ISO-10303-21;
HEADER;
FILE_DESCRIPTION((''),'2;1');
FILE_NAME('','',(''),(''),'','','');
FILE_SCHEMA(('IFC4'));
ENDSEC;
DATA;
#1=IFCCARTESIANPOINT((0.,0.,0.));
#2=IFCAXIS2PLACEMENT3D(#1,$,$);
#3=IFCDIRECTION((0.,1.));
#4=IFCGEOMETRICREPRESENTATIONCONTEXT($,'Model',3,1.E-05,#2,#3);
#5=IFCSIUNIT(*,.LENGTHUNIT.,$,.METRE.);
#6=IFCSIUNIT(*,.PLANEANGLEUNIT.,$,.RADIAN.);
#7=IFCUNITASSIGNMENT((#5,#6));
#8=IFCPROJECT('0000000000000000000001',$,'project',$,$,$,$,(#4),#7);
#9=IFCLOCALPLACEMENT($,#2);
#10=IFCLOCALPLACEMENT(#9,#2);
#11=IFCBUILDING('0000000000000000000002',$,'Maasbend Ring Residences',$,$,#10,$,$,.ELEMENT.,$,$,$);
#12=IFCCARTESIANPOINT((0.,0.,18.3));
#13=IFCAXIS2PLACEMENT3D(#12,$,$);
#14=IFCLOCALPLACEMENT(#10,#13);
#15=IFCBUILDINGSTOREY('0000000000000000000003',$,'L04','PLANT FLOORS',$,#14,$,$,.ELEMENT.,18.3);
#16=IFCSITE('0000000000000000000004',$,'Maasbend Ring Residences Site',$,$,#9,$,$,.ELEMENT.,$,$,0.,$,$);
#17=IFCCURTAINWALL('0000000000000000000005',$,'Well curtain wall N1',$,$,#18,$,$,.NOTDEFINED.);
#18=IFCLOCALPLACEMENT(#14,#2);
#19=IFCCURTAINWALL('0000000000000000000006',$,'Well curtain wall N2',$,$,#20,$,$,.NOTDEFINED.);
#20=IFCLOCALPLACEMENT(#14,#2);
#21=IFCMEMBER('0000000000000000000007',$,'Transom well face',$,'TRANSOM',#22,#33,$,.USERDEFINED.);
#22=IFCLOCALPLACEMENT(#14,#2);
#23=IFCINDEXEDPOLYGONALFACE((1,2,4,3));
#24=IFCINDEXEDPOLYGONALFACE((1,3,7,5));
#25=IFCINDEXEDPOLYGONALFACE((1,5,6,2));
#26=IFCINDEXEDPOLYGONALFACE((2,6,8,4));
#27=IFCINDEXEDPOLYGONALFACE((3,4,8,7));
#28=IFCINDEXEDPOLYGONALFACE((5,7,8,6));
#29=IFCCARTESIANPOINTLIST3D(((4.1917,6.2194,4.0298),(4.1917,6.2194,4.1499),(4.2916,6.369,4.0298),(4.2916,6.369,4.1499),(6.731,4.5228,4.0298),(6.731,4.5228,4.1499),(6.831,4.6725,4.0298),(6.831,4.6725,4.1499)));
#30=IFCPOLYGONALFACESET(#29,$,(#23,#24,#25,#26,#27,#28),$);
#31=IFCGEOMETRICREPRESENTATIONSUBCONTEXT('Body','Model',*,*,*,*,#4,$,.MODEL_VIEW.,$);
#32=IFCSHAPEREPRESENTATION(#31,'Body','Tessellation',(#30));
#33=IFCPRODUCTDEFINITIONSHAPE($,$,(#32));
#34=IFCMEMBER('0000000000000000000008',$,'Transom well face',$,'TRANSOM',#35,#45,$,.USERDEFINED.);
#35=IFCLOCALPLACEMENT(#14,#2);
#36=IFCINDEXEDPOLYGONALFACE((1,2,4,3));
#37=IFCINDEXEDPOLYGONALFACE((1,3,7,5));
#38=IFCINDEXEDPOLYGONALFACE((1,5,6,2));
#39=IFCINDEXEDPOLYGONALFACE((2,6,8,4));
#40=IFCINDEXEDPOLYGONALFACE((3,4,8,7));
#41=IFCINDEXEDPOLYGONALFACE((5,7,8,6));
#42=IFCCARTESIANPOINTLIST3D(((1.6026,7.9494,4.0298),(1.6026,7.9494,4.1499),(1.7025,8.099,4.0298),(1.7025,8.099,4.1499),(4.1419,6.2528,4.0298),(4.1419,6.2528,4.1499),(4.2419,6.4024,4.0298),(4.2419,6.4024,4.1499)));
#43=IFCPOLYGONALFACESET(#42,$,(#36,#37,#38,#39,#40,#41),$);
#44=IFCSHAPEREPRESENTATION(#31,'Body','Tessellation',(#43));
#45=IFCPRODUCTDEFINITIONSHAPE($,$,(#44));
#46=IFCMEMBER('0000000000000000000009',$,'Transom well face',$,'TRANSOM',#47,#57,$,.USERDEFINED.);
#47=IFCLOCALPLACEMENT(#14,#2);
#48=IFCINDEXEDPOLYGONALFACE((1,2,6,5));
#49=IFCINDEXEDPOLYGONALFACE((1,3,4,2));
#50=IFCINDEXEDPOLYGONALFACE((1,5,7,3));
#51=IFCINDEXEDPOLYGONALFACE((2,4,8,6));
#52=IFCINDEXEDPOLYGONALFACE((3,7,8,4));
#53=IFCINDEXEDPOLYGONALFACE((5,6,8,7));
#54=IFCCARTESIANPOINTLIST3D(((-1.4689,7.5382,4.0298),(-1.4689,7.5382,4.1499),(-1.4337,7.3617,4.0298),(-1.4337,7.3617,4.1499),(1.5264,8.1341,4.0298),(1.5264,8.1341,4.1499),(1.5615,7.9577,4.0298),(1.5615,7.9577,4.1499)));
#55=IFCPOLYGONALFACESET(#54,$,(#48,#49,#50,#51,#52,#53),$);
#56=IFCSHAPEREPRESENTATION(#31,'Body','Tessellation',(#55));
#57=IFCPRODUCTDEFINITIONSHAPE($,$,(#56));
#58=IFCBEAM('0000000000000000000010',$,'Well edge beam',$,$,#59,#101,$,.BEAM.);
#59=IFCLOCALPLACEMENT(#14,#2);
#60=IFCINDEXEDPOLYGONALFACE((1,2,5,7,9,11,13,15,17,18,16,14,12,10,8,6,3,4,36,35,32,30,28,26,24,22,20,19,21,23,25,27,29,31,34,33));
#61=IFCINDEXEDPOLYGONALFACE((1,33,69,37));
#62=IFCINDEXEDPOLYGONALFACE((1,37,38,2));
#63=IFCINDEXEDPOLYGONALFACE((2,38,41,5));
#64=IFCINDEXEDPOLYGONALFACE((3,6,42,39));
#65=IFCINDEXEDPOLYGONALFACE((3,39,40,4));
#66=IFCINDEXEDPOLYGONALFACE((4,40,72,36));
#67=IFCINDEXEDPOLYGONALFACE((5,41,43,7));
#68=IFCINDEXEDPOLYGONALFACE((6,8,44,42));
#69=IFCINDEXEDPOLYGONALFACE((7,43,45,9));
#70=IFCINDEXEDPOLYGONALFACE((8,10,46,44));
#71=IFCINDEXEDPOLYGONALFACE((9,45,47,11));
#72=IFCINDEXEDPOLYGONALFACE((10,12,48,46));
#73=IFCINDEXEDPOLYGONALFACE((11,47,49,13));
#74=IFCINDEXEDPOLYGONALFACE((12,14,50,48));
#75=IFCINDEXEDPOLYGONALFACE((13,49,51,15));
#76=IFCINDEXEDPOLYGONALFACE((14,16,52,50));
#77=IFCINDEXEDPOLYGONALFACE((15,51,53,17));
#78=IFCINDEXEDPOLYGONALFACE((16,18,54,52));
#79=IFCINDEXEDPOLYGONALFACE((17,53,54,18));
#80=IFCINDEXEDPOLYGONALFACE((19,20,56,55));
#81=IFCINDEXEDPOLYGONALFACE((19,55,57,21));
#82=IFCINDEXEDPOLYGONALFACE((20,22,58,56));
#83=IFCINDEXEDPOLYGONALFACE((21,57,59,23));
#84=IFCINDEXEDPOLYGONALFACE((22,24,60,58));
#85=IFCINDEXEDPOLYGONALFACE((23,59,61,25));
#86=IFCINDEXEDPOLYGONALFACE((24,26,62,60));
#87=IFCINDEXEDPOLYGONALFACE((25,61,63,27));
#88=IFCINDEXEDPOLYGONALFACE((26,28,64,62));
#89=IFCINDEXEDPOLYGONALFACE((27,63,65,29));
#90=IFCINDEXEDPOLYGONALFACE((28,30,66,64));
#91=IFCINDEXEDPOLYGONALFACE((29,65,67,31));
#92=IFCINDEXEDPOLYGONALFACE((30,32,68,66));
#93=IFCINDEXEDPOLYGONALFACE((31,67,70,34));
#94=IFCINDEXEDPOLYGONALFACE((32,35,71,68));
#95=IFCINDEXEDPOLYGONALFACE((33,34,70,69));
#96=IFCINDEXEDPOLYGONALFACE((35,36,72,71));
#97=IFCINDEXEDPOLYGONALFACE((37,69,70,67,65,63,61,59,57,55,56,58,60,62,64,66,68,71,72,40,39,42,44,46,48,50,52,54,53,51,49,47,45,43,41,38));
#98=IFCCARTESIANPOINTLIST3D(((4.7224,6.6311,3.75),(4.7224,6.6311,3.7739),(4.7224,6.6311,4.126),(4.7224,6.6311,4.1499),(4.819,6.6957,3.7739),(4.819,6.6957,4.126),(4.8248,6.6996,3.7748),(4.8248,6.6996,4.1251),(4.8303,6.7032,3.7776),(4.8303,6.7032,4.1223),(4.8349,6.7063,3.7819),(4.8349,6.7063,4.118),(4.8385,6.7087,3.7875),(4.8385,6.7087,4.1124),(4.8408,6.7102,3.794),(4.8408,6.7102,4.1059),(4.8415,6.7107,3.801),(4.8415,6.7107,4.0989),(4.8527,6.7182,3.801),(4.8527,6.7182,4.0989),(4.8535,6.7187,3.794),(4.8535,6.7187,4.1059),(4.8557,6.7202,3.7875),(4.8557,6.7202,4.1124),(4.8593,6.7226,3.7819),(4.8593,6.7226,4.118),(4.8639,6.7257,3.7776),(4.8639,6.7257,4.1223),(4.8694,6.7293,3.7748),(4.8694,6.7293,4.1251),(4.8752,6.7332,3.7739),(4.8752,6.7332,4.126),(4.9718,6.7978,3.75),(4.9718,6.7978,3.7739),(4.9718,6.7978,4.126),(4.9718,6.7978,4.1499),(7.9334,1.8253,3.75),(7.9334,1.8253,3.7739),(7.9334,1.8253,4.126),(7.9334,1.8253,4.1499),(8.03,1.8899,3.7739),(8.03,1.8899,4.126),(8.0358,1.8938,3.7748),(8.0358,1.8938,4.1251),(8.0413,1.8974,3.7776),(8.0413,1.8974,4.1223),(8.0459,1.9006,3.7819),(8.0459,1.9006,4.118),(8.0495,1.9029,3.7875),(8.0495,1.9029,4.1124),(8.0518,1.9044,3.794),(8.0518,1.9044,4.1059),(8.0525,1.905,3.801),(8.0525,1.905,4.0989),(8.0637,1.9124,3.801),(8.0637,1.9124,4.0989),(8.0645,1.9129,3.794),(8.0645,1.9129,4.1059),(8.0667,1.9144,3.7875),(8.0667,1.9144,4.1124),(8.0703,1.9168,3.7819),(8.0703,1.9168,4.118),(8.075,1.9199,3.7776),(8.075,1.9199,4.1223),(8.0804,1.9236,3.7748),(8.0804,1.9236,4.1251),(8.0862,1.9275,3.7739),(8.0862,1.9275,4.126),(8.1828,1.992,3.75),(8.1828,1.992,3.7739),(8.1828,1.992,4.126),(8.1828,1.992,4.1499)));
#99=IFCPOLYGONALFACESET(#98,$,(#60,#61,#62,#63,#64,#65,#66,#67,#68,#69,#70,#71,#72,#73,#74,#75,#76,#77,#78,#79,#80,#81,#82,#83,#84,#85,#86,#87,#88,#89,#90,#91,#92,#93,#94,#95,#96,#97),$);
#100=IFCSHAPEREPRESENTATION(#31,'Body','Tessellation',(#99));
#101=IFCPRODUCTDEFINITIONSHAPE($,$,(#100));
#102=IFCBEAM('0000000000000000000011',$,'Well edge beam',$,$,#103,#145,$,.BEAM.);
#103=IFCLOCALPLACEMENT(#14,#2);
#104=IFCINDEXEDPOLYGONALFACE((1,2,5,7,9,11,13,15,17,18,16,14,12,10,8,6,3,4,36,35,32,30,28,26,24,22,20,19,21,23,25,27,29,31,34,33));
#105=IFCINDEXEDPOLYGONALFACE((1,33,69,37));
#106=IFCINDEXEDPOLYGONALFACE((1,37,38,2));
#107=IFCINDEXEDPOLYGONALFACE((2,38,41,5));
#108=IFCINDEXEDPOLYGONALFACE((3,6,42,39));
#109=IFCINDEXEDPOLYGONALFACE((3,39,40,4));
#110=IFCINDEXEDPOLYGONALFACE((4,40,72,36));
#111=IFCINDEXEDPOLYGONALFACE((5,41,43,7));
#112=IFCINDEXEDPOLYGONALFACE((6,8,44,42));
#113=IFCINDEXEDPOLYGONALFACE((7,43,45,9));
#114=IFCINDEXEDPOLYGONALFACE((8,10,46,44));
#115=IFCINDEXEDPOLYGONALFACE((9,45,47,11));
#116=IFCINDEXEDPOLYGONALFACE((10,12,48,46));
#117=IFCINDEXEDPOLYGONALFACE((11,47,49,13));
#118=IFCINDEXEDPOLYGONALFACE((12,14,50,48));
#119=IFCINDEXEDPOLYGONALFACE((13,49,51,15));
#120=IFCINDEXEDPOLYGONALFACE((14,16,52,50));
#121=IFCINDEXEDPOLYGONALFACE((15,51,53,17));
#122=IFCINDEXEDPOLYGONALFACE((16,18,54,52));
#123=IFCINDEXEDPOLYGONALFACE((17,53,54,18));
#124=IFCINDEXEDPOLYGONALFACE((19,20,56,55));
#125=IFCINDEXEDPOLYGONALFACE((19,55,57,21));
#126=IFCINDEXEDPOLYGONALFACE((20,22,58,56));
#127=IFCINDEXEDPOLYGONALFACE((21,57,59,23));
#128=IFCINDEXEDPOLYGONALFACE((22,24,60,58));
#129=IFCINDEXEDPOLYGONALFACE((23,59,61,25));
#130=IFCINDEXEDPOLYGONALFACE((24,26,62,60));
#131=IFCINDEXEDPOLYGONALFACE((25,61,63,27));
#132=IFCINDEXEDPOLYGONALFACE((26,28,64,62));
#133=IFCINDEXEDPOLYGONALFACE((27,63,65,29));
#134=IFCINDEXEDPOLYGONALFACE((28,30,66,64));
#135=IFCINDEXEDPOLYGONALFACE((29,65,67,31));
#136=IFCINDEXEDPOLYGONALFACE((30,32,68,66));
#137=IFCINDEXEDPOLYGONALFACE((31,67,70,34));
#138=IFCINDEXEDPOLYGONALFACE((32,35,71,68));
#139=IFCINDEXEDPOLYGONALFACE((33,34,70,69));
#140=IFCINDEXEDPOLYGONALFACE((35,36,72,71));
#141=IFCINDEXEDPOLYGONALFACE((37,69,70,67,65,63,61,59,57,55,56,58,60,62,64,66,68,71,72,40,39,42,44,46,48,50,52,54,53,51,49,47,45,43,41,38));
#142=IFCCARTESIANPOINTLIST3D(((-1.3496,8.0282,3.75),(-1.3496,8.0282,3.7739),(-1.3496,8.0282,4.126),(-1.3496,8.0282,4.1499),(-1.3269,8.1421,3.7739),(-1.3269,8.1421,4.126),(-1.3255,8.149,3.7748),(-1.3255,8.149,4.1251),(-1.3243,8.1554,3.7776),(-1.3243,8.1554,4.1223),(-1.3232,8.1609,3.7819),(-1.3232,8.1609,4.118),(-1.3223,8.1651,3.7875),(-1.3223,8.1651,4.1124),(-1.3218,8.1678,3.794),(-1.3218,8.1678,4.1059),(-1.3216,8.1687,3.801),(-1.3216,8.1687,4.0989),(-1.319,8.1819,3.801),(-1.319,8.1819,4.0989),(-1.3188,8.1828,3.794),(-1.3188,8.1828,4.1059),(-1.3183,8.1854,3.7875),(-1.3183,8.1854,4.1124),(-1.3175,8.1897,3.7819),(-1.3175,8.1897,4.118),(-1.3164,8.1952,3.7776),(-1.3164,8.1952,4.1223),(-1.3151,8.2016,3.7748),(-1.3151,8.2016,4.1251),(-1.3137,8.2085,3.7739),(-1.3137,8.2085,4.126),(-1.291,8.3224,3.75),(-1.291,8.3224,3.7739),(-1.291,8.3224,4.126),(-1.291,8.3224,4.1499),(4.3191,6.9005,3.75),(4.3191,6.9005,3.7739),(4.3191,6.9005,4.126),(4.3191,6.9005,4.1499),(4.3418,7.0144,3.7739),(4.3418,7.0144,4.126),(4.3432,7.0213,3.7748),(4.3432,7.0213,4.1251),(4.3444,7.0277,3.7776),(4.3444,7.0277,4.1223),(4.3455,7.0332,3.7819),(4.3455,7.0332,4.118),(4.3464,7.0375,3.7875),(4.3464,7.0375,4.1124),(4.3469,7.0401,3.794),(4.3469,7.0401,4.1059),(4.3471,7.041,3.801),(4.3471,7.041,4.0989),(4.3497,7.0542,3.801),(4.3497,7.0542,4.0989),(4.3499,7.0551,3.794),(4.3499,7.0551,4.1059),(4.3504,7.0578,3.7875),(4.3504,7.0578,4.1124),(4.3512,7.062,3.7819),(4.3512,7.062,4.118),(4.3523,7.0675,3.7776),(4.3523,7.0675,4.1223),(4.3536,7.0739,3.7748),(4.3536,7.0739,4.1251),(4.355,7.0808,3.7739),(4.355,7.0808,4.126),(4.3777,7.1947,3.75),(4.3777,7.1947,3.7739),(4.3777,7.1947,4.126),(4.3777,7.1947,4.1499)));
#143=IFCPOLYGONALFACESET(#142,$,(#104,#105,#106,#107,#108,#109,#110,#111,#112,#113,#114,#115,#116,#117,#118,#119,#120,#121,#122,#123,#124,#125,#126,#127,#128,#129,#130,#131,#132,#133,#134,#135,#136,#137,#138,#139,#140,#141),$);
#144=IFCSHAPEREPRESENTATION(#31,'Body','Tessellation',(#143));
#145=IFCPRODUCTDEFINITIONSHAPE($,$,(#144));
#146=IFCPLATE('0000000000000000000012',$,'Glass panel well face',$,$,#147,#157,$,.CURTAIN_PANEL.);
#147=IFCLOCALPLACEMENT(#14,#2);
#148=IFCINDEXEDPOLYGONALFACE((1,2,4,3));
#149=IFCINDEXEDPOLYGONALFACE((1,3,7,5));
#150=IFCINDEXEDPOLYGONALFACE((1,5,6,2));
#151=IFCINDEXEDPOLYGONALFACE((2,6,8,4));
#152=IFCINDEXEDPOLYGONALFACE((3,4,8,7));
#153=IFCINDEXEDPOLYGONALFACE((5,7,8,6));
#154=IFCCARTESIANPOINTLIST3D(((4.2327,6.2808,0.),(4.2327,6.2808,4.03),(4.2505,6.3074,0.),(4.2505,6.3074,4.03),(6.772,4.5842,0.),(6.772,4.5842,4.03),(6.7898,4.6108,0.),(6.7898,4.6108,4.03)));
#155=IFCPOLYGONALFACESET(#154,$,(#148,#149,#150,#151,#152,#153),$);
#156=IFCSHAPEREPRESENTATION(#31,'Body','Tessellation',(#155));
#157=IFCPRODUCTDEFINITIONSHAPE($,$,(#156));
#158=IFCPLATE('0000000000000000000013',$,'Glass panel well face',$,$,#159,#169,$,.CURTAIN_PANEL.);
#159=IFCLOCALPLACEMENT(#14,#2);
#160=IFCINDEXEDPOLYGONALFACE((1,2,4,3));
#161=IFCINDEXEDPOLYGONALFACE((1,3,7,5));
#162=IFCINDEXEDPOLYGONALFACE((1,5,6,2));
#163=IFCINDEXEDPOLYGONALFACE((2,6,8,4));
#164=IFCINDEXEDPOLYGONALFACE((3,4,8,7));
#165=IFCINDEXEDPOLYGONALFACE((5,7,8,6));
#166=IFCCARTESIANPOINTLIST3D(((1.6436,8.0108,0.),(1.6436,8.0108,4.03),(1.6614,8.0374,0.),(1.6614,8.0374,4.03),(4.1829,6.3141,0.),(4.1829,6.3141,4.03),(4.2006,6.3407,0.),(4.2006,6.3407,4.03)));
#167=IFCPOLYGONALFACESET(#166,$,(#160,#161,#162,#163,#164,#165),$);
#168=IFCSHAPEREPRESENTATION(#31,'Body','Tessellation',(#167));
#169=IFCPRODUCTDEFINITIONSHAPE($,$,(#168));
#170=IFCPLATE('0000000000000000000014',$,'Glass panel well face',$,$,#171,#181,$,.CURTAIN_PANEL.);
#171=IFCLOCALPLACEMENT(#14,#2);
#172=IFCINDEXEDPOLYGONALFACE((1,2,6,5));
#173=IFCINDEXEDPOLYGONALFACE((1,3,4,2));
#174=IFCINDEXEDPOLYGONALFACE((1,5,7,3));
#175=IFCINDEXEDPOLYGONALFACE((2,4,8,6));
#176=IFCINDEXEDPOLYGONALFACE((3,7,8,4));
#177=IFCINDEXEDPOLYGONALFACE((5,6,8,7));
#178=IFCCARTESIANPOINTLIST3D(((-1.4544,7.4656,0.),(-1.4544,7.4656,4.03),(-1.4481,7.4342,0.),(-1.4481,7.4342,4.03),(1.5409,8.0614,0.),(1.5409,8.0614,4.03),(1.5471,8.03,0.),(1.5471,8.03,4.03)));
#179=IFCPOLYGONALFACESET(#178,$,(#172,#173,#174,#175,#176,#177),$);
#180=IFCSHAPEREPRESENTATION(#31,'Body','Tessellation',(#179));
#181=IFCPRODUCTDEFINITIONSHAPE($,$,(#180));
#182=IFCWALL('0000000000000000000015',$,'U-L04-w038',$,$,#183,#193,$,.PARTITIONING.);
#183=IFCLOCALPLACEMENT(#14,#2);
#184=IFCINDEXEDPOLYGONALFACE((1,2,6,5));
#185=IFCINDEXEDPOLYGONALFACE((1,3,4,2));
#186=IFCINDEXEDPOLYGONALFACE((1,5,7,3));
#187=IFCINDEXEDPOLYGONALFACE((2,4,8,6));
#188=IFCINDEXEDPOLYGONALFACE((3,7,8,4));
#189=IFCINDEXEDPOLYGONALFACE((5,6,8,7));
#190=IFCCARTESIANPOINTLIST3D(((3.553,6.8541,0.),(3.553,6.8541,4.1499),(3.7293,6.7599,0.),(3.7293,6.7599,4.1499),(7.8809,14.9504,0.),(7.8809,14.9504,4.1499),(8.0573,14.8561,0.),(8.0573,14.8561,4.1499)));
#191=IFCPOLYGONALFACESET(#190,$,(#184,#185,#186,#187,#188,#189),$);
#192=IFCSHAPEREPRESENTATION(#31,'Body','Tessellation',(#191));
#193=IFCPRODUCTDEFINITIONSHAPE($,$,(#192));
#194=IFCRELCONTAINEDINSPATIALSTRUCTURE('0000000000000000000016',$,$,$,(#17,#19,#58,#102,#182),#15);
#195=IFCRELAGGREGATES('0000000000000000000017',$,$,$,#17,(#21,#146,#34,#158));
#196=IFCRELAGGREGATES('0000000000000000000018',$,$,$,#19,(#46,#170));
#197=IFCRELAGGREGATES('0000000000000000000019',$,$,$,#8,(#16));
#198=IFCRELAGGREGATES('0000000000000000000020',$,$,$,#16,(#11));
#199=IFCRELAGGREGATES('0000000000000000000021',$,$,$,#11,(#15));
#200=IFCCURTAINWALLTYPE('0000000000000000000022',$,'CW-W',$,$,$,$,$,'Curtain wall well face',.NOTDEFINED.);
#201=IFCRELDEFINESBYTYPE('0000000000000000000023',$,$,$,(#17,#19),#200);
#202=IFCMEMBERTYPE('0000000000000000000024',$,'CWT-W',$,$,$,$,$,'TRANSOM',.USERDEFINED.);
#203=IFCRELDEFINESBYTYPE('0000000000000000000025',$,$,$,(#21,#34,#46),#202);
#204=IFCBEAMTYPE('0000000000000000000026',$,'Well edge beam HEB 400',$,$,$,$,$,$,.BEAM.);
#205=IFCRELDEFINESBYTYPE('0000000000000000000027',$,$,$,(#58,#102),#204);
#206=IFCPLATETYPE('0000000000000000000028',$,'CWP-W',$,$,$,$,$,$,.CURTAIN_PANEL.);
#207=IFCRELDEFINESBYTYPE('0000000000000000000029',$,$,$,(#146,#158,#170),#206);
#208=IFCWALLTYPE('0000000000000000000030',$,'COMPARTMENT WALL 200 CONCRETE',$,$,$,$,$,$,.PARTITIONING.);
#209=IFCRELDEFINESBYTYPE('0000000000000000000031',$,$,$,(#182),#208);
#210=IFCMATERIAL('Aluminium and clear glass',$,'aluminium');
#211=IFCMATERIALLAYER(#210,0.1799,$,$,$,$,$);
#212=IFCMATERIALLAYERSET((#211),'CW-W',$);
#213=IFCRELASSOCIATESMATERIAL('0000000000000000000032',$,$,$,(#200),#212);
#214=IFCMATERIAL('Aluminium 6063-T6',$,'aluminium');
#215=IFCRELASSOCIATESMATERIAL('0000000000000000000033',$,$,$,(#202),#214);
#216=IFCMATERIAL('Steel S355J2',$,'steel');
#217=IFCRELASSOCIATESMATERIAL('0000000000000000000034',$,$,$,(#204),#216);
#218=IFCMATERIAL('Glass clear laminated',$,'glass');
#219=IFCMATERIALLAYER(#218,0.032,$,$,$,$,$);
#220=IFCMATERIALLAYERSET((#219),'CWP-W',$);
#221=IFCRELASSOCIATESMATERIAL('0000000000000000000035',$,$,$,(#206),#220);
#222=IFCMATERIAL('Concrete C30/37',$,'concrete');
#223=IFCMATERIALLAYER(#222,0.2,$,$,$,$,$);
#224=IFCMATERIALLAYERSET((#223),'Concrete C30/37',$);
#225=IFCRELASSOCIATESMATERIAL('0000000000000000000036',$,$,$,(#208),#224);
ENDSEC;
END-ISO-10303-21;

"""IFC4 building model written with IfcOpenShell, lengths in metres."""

from ifc_helpers import new_model, si_unit, direction, frame, frame_2d, origin, origin_2d, place, context, subcontext, project, spatial, rectangle, i_section, extrude, material, layer, layer_set, material_profile, profile_set, type_object, element, aggregate, save


model = new_model("IFC4")

# Units and contexts
model_context = context("Model", 3, precision=1e-05, world=origin(), true_north=direction((0.0, 1.0)))
body_context = subcontext(model_context, "Body", "Model", "MODEL_VIEW")
ifc_project = project(units=[si_unit("LENGTHUNIT", "METRE"), si_unit("PLANEANGLEUNIT", "RADIAN")], contexts=[model_context])

# Site, building, storey
site_placement = place(None, origin())
site = spatial("IfcSite", under=ifc_project, at=site_placement, Name="Maasbend Ring Residences Site", CompositionType="ELEMENT", RefElevation=0.0)
building_placement = place(site_placement, origin())
building = spatial("IfcBuilding", under=site, at=building_placement, Name="Maasbend Ring Residences", CompositionType="ELEMENT")
storey_placement = place(building_placement, frame((0.0, 0.0, 18.3)))
storey = spatial("IfcBuildingStorey", under=building, at=storey_placement, Name="L04", Description="PLANT FLOORS", CompositionType="ELEMENT", Elevation=18.3)

# Curtain wall
ifc_material_1 = material(Name="Aluminium and clear glass", Category="aluminium")
ifc_layer_1 = layer(ifc_material_1, 0.1799)
ifc_layer_set_1 = layer_set([ifc_layer_1], Name="CW-W")
curtain_wall_type = type_object("IfcCurtainWallType", Name="CW-W", ElementType="Curtain wall well face", PredefinedType="NOTDEFINED", material=ifc_layer_set_1)
curtain_wall_1_placement = place(storey_placement, origin())
curtain_wall_1 = element("IfcCurtainWall", 1, at=curtain_wall_1_placement, inside=storey, type_object=curtain_wall_type, Name="Well curtain wall N1", PredefinedType="NOTDEFINED")

# Curtain wall
curtain_wall_2_placement = place(storey_placement, origin())
curtain_wall_2 = element("IfcCurtainWall", 2, at=curtain_wall_2_placement, inside=storey, type_object=curtain_wall_type, Name="Well curtain wall N2", PredefinedType="NOTDEFINED")

# Members
ifc_material_2 = material(Name="Aluminium 6063-T6", Category="aluminium")
ifc_material_profile_1 = material_profile(ifc_material_2, rectangle(XDim=0.1799, YDim=0.1201, at=origin_2d()), Name="AL 180x120")
ifc_profile_set_1 = profile_set([ifc_material_profile_1], Name="Aluminium 6063-T6")
member_type_1 = type_object("IfcMemberType", Name="CWT-W", ElementType="TRANSOM", PredefinedType="USERDEFINED", material=ifc_profile_set_1)
member_1_placement = place(storey_placement, frame((6.781, 4.5977, 4.0898), z_axis=(-0.831496, 0.55553, 0.0), x_axis=(-0.55553, -0.831496, 0.0)))
member_1 = element("IfcMember", 3, at=member_1_placement, type_object=member_type_1, Name="Transom well face", ObjectType="TRANSOM", PredefinedType="USERDEFINED", context=body_context, shape_type="SweptSolid", body=[
    extrude(rectangle(XDim=0.1799, YDim=0.1201, at=origin_2d()), origin(), (0.0, 0.0, 1.0), 3.054),
])
member_2_placement = place(storey_placement, frame((4.1919, 6.3276, 4.0898), z_axis=(-0.831496, 0.55553, 0.0), x_axis=(-0.55553, -0.831496, 0.0)))
member_2 = element("IfcMember", 4, at=member_2_placement, type_object=member_type_1, Name="Transom well face", ObjectType="TRANSOM", PredefinedType="USERDEFINED", context=body_context, shape_type="SweptSolid", body=[
    extrude(rectangle(XDim=0.1799, YDim=0.1201, at=origin_2d()), origin(), (0.0, 0.0, 1.0), 3.054),
])
member_3_placement = place(storey_placement, frame((1.5439, 8.0459, 4.0898), z_axis=(-0.980777, -0.195132, 0.0), x_axis=(0.195132, -0.980777, 0.0)))
member_3 = element("IfcMember", 5, at=member_3_placement, type_object=member_type_1, Name="Transom well face", ObjectType="TRANSOM", PredefinedType="USERDEFINED", context=body_context, shape_type="SweptSolid", body=[
    extrude(rectangle(XDim=0.1799, YDim=0.1201, at=origin_2d()), origin(), (0.0, 0.0, 1.0), 3.054),
])

# Beams
ifc_material_3 = material(Name="Steel S355J2", Category="steel")
ifc_material_profile_2 = material_profile(ifc_material_3, i_section(OverallWidth=0.3, OverallDepth=0.3999, WebThickness=0.0134, FlangeThickness=0.0239, FilletRadius=0.0271, at=origin_2d()), Name="HEB 400")
ifc_profile_set_2 = profile_set([ifc_material_profile_2], Name="Steel S355J2")
beam_type = type_object("IfcBeamType", Name="Well edge beam HEB 400", PredefinedType="BEAM", material=ifc_profile_set_2)
for number, where, z_axis, x_axis, name in (
    (6, (8.0581, 1.9087, 3.95), (-0.555558, 0.831478, 0.0), (-0.831478, -0.555558, 0.0), "Well edge beam"),
    (7, (4.3484, 7.0476, 3.95), (-0.980782, 0.195109, 0.0), (-0.195109, -0.980782, 0.0), "Well edge beam"),
):
    element("IfcBeam", number, at=place(storey_placement, frame(where, z_axis=z_axis, x_axis=x_axis)), inside=storey, type_object=beam_type, Name=name, PredefinedType="BEAM", context=body_context, shape_type="SweptSolid", body=[
        extrude(i_section(OverallWidth=0.3, OverallDepth=0.3999, WebThickness=0.0134, FlangeThickness=0.0239, FilletRadius=0.0271, at=origin_2d()), origin(), (0.0, 0.0, 1.0), 5.7798),
    ])

# Plates
ifc_material_4 = material(Name="Glass clear laminated", Category="glass")
ifc_layer_2 = layer(ifc_material_4, 0.032)
ifc_layer_set_2 = layer_set([ifc_layer_2], Name="CWP-W")
plate_type = type_object("IfcPlateType", Name="CWP-W", PredefinedType="CURTAIN_PANEL", material=ifc_layer_set_2)
plate_1_placement = place(storey_placement, frame((5.5112, 5.4458, 0.0), z_axis=(0.0, 0.0, 1.0), x_axis=(-0.83147, 0.55557, 0.0)))
plate_1 = element("IfcPlate", 8, at=plate_1_placement, type_object=plate_type, Name="Glass panel well face", PredefinedType="CURTAIN_PANEL", context=body_context, shape_type="SweptSolid", body=[
    extrude(rectangle(XDim=3.054, YDim=0.032, at=origin_2d()), origin(), (0.0, 0.0, 1.0), 4.03),
])
plate_2_placement = place(storey_placement, frame((2.9221, 7.1758, 0.0), z_axis=(0.0, 0.0, 1.0), x_axis=(-0.83147, 0.55557, 0.0)))
plate_2 = element("IfcPlate", 9, at=plate_2_placement, type_object=plate_type, Name="Glass panel well face", PredefinedType="CURTAIN_PANEL", context=body_context, shape_type="SweptSolid", body=[
    extrude(rectangle(XDim=3.054, YDim=0.032, at=origin_2d()), origin(), (0.0, 0.0, 1.0), 4.03),
])
aggregate(curtain_wall_1, [member_1, plate_1, member_2, plate_2])
plate_3_placement = place(storey_placement, frame((0.0464, 7.7478, 0.0), z_axis=(0.0, 0.0, 1.0), x_axis=(-0.980785, -0.19509, 0.0)))
plate_3 = element("IfcPlate", 10, at=plate_3_placement, type_object=plate_type, Name="Glass panel well face", PredefinedType="CURTAIN_PANEL", context=body_context, shape_type="SweptSolid", body=[
    extrude(rectangle(XDim=3.054, YDim=0.032, at=origin_2d()), origin(), (0.0, 0.0, 1.0), 4.03),
])
aggregate(curtain_wall_2, [member_3, plate_3])

# Wall
ifc_material_5 = material(Name="Concrete C30/37", Category="concrete")
ifc_layer_3 = layer(ifc_material_5, 0.2)
ifc_layer_set_3 = layer_set([ifc_layer_3], Name="Concrete C30/37")
wall_type_1 = type_object("IfcWallType", Name="COMPARTMENT WALL 200 CONCRETE", PredefinedType="PARTITIONING", material=ifc_layer_set_3)
wall_1_placement = place(storey_placement, frame((3.6411, 6.8069, 0.0), z_axis=(0.0, 0.0, 1.0), x_axis=(0.471429, 0.881904, 0.0)))
element("IfcWall", 11, at=wall_1_placement, inside=storey, type_object=wall_type_1, Name="U-L04-w038", PredefinedType="PARTITIONING", context=body_context, shape_type="SweptSolid", body=[
    extrude(rectangle(XDim=9.1804, YDim=0.2, at=frame_2d((4.5903, 0.0))), origin(), (0.0, 0.0, 1.0), 4.1499),
])

save(model, "model.ifc")
